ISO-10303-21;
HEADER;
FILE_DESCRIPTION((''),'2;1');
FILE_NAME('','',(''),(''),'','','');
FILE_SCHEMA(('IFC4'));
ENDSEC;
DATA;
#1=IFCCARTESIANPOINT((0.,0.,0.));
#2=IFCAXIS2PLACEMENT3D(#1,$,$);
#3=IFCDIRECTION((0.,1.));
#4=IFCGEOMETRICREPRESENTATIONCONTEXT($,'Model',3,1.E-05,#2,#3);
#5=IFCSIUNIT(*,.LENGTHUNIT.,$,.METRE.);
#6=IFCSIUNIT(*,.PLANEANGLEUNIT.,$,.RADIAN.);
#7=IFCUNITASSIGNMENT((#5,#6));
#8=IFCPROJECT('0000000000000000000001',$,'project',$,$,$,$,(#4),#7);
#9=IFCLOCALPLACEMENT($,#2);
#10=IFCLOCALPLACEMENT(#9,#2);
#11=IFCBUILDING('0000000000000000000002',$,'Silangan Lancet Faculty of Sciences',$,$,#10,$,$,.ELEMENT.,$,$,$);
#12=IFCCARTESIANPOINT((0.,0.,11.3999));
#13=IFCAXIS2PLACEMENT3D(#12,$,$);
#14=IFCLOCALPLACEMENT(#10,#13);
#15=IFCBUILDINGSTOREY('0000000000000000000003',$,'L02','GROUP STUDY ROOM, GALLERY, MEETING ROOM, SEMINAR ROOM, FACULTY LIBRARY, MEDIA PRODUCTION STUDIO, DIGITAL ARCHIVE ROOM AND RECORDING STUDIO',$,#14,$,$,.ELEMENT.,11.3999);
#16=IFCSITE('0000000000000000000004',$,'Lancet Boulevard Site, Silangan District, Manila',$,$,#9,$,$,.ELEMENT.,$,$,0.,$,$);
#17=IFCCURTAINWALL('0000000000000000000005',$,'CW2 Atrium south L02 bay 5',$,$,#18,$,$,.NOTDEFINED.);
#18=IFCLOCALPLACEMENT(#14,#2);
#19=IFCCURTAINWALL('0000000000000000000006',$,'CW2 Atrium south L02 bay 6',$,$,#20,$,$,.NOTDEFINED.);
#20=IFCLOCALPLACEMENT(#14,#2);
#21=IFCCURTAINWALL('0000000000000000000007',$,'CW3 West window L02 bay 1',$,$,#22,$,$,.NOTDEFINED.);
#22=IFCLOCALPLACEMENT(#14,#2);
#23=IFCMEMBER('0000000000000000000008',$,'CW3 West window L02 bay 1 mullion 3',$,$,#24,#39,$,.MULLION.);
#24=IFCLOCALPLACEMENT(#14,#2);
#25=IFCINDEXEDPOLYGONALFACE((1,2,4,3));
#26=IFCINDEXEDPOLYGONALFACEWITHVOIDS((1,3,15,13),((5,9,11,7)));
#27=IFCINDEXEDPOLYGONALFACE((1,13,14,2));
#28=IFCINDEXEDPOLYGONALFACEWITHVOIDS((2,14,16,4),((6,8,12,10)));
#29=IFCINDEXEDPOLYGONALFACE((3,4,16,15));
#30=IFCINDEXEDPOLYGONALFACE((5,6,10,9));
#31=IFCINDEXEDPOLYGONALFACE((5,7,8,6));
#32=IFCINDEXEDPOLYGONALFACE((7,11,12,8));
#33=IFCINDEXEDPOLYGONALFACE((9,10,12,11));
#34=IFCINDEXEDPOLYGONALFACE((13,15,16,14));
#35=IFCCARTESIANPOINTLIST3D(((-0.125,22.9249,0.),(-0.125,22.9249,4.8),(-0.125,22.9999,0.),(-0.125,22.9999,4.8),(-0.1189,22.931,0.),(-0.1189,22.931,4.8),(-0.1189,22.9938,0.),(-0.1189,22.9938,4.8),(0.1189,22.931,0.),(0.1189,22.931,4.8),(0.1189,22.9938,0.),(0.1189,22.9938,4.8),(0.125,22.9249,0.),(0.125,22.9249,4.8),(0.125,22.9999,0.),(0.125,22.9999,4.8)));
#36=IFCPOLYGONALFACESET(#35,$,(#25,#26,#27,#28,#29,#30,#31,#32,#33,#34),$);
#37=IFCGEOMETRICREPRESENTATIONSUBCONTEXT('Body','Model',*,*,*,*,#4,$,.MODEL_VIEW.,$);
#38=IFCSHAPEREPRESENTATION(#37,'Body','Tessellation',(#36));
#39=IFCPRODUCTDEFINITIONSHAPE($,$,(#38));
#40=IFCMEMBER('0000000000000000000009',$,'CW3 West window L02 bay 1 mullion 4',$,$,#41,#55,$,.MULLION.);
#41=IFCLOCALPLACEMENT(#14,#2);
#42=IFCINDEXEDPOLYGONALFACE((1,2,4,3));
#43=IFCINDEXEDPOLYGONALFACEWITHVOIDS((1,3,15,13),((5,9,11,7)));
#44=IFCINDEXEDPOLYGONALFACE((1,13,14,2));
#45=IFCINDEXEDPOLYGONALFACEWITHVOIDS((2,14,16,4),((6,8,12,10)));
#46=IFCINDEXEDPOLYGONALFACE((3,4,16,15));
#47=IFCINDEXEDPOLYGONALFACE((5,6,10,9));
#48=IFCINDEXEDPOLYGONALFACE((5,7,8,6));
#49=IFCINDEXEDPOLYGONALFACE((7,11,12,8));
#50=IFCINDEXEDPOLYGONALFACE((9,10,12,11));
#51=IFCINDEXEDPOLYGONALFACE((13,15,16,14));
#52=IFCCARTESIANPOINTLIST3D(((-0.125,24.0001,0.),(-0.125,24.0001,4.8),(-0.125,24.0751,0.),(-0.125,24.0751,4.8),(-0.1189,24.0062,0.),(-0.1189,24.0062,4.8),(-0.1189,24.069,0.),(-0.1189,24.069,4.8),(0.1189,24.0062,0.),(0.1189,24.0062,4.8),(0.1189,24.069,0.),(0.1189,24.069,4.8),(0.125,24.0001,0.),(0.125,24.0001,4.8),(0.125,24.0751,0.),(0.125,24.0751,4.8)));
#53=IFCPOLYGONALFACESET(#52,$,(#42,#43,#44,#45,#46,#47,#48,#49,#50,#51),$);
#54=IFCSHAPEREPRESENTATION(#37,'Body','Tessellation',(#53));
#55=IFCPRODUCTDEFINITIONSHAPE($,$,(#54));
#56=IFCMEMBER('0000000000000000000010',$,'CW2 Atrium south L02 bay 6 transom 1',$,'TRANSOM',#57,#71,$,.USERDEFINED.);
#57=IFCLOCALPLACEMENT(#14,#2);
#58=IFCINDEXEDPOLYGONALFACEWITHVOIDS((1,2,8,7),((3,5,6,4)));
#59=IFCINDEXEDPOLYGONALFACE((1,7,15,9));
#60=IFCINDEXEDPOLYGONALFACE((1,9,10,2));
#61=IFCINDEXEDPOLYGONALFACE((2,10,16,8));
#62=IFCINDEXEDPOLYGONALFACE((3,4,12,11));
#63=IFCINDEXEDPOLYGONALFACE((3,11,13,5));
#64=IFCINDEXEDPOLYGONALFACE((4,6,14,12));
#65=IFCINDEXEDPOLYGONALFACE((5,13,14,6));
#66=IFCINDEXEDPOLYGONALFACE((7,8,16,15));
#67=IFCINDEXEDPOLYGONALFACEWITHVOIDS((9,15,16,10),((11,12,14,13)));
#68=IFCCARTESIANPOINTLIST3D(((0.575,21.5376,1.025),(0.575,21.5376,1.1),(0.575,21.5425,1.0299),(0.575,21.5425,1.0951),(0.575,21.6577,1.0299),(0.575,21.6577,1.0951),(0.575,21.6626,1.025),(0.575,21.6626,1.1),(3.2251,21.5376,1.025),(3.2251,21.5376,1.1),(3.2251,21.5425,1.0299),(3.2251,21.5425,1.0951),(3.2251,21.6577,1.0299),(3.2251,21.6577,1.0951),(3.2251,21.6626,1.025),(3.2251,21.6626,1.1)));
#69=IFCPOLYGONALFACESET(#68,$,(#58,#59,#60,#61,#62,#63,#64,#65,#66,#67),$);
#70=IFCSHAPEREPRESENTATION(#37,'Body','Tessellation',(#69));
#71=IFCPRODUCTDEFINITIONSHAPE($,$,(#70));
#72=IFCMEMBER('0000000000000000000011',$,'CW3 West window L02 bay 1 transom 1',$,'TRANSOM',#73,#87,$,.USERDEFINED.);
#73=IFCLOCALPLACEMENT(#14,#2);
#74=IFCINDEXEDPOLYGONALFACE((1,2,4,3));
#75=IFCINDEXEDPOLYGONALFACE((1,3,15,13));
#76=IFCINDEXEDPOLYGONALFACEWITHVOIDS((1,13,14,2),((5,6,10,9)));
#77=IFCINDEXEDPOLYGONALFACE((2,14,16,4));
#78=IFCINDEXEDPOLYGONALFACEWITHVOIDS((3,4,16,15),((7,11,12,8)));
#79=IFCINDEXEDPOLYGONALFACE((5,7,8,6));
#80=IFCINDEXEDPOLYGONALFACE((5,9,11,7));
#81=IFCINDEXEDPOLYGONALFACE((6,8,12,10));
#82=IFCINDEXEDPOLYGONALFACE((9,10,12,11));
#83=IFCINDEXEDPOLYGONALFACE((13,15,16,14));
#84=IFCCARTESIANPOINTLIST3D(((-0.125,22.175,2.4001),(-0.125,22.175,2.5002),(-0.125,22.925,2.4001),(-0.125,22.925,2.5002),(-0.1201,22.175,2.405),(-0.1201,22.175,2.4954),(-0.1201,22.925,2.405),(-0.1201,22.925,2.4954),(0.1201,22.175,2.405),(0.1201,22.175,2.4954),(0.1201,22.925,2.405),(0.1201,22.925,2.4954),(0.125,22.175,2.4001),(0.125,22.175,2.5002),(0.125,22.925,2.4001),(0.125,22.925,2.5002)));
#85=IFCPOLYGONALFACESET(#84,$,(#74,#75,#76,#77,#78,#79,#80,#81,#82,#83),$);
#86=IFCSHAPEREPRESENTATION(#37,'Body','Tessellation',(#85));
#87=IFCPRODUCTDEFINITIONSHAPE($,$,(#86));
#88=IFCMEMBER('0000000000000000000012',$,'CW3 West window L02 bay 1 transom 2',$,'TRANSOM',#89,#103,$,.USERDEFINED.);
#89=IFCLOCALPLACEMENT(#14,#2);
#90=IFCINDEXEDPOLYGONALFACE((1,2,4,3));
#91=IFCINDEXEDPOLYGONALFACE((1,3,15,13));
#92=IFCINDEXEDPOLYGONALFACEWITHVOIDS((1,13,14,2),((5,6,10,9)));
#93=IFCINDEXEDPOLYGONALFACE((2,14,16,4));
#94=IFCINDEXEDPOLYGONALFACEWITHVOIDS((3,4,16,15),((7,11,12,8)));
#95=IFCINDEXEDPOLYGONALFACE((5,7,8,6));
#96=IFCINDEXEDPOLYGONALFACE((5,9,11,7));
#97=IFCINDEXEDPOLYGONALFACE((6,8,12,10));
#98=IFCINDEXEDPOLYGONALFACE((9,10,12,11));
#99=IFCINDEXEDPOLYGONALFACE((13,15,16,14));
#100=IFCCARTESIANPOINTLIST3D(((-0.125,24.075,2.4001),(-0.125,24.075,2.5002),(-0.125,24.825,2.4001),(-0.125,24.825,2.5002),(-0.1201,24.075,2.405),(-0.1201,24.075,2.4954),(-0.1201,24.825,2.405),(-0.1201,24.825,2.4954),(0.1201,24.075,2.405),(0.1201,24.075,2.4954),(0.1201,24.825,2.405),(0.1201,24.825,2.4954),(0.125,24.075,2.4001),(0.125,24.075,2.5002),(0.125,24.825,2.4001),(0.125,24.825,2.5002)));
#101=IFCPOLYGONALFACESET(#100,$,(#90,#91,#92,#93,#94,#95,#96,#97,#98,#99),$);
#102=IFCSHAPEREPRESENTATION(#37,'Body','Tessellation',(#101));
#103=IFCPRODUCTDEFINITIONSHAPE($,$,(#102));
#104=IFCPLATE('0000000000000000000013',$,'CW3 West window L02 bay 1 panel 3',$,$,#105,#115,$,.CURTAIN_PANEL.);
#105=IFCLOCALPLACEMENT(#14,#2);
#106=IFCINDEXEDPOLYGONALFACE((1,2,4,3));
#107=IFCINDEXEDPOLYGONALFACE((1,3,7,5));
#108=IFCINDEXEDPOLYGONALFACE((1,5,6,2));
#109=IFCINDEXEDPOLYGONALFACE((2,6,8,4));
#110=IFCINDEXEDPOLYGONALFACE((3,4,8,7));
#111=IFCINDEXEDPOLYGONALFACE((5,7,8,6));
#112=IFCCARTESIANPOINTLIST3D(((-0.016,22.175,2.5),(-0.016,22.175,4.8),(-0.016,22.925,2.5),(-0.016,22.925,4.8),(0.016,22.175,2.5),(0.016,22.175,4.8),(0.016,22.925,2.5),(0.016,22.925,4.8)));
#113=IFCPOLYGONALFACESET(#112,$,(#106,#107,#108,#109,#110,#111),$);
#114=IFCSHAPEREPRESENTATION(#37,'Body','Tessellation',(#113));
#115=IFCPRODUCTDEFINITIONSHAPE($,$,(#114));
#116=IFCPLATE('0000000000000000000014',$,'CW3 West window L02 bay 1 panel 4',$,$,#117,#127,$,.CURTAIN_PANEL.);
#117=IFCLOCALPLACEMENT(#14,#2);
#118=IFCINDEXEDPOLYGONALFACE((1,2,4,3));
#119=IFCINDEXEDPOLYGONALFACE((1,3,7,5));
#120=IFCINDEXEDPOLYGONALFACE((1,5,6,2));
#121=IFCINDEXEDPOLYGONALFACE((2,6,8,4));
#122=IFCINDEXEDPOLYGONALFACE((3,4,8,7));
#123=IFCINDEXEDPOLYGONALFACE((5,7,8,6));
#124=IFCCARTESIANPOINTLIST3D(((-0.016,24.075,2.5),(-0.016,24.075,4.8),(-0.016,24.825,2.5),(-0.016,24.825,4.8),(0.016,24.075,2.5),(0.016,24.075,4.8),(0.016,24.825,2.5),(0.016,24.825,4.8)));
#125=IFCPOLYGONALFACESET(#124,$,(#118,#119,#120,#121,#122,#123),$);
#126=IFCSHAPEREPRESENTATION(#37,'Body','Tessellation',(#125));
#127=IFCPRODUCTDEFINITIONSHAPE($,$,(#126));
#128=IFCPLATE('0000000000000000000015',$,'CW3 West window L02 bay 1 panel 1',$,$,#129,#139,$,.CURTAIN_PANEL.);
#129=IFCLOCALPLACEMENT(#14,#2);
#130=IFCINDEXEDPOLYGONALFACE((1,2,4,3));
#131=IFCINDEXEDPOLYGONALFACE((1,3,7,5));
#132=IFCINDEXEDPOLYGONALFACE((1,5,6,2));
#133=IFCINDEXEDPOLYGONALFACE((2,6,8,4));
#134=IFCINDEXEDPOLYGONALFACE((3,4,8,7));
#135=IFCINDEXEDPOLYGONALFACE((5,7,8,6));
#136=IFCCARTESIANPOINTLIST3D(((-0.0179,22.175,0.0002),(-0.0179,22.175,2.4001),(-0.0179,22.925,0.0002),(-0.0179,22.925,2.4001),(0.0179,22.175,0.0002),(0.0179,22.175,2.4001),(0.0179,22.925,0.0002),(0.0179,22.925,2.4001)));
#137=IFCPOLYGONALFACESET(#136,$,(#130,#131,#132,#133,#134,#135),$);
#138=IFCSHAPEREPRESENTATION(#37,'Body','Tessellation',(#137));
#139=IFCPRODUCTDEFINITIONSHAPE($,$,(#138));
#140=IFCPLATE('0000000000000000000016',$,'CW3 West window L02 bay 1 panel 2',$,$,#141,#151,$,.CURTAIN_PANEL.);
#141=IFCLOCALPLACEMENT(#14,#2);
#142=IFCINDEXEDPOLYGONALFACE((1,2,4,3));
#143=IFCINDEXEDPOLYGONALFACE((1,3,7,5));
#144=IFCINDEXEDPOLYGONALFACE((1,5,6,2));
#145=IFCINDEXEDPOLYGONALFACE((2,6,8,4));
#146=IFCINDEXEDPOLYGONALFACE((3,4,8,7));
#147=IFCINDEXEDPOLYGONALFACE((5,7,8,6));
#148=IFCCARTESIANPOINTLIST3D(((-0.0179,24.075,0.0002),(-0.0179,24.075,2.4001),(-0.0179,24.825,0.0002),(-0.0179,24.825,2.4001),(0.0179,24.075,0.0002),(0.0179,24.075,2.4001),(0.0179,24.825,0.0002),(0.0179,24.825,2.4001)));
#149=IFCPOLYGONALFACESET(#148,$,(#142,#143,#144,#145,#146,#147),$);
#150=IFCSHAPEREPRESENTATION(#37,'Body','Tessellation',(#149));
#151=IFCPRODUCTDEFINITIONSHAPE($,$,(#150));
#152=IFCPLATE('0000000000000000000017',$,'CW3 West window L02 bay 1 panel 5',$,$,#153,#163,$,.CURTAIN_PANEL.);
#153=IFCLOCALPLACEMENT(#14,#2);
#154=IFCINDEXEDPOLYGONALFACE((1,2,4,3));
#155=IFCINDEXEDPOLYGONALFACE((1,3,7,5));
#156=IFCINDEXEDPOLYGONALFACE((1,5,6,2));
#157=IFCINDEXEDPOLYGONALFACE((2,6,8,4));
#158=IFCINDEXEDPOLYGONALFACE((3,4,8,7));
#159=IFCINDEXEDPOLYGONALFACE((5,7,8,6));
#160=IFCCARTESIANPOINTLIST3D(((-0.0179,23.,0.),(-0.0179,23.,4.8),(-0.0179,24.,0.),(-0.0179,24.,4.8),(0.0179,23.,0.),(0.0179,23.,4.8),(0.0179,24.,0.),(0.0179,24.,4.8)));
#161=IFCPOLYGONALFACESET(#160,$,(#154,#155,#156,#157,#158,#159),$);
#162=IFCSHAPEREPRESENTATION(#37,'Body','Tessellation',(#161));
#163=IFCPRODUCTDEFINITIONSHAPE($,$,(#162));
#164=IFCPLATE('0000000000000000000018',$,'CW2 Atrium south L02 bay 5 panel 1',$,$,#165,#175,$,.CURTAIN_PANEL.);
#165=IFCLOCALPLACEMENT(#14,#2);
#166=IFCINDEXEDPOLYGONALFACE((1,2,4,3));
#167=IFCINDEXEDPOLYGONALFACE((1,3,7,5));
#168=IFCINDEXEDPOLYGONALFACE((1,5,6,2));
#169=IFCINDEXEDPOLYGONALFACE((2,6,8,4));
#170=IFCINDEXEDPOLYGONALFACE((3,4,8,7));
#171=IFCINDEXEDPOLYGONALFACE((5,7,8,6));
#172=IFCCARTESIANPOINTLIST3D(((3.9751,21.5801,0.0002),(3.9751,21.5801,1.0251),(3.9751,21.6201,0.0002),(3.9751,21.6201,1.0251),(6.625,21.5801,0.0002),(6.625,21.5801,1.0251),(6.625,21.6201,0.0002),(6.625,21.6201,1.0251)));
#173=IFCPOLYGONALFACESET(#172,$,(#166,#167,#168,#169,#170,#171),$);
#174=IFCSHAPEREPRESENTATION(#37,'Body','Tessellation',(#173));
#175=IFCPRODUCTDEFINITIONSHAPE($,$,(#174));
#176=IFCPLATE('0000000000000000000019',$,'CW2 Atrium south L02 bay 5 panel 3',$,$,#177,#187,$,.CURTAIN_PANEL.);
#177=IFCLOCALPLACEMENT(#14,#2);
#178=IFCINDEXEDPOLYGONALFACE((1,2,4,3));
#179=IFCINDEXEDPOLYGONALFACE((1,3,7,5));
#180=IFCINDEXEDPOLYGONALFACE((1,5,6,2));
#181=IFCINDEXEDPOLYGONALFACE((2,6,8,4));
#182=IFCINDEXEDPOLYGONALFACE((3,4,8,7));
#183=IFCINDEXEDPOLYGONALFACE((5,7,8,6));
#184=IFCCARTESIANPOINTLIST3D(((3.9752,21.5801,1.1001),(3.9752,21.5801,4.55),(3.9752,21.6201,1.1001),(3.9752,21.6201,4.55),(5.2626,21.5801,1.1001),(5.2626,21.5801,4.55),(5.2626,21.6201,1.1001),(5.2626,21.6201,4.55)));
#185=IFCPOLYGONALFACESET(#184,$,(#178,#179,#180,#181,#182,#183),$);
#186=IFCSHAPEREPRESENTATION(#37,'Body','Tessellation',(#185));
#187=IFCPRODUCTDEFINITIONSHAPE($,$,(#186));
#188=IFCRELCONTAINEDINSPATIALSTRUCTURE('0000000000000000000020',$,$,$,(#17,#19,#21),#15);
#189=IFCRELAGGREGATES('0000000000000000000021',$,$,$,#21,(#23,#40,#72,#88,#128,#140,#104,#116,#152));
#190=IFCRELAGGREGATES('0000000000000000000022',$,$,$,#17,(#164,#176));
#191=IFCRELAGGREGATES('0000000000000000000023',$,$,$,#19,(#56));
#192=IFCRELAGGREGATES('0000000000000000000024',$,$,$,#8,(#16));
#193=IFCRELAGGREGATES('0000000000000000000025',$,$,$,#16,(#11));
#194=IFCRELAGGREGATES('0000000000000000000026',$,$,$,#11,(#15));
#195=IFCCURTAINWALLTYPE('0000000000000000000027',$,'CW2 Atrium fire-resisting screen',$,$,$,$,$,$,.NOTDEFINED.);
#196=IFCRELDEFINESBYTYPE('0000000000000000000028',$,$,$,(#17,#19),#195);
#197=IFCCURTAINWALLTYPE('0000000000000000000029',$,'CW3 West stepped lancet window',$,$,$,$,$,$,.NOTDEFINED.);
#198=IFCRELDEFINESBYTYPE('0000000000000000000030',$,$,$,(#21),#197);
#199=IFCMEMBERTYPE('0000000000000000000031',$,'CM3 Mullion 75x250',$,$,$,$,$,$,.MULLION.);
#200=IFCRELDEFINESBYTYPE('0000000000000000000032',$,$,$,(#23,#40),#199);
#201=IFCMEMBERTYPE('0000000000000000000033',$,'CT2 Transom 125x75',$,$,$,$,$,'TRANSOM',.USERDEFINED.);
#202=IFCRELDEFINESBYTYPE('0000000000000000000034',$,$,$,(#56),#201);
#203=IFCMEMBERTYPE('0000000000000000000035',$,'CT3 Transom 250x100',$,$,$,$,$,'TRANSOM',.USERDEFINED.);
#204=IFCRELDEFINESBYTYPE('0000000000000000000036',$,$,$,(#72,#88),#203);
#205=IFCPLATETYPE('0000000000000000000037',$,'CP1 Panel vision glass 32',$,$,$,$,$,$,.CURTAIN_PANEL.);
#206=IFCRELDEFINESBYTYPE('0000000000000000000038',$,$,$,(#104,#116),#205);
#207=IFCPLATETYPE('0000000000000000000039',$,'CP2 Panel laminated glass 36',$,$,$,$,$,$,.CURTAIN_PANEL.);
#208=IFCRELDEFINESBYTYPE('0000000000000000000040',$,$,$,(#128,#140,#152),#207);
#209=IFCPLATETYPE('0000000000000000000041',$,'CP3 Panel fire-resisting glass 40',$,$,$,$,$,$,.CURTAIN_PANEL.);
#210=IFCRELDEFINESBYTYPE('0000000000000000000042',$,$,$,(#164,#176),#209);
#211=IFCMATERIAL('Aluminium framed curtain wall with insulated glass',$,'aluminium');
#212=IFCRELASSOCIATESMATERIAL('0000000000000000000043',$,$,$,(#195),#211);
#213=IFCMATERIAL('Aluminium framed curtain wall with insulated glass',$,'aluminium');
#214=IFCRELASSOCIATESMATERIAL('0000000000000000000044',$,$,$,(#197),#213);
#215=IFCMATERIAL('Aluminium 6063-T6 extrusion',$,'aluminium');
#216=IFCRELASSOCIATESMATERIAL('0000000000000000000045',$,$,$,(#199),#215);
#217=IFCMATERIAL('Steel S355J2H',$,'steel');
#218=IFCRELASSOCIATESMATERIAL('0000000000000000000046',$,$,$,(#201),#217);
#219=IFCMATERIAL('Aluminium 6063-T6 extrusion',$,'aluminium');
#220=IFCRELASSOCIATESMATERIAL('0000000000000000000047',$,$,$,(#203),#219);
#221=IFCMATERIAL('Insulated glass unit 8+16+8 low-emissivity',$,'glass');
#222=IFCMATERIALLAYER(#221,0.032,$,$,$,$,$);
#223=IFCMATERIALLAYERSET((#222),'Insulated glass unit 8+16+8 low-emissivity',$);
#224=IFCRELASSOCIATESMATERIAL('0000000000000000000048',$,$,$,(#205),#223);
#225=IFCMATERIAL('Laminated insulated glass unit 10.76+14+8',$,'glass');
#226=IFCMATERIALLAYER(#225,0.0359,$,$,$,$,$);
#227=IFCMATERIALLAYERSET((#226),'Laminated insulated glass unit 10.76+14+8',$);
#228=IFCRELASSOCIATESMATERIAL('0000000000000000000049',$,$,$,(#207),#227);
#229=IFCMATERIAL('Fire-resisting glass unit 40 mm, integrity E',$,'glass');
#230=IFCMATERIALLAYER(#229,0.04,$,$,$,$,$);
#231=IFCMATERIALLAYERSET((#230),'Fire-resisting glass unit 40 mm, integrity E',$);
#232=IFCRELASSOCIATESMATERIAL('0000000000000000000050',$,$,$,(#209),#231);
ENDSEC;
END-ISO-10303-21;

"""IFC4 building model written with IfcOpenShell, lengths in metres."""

from ifc_helpers import new_model, si_unit, direction, frame, origin, origin_2d, place, context, subcontext, project, spatial, rectangle, hollow_rectangle, extrude, material, layer, layer_set, material_profile, profile_set, type_object, element, aggregate, save


model = new_model("IFC4")

# Units and contexts
model_context = context("Model", 3, precision=1e-05, world=origin(), true_north=direction((0.0, 1.0)))
body_context = subcontext(model_context, "Body", "Model", "MODEL_VIEW")
ifc_project = project(units=[si_unit("LENGTHUNIT", "METRE"), si_unit("PLANEANGLEUNIT", "RADIAN")], contexts=[model_context])

# Site, building, storey
site_placement = place(None, origin())
site = spatial("IfcSite", under=ifc_project, at=site_placement, Name="Lancet Boulevard Site, Silangan District, Manila", CompositionType="ELEMENT", RefElevation=0.0)
building_placement = place(site_placement, origin())
building = spatial("IfcBuilding", under=site, at=building_placement, Name="Silangan Lancet Faculty of Sciences", CompositionType="ELEMENT")
storey_placement = place(building_placement, frame((0.0, 0.0, 11.3999)))
storey = spatial("IfcBuildingStorey", under=building, at=storey_placement, Name="L02", Description="GROUP STUDY ROOM, GALLERY, MEETING ROOM, SEMINAR ROOM, FACULTY LIBRARY, MEDIA PRODUCTION STUDIO, DIGITAL ARCHIVE ROOM AND RECORDING STUDIO", CompositionType="ELEMENT", Elevation=11.3999)

# Curtain walls, members
ifc_material_1 = material(Name="Aluminium framed curtain wall with insulated glass", Category="aluminium")
curtain_wall_type_1 = type_object("IfcCurtainWallType", Name="CW2 Atrium fire-resisting screen", PredefinedType="NOTDEFINED", material=ifc_material_1)
curtain_wall_1_placement = place(storey_placement, origin())
curtain_wall_1 = element("IfcCurtainWall", 1, at=curtain_wall_1_placement, inside=storey, type_object=curtain_wall_type_1, Name="CW2 Atrium south L02 bay 5", PredefinedType="NOTDEFINED")
curtain_wall_2_placement = place(storey_placement, origin())
curtain_wall_2 = element("IfcCurtainWall", 2, at=curtain_wall_2_placement, inside=storey, type_object=curtain_wall_type_1, Name="CW2 Atrium south L02 bay 6", PredefinedType="NOTDEFINED")
ifc_material_2 = material(Name="Aluminium framed curtain wall with insulated glass", Category="aluminium")
curtain_wall_type_2 = type_object("IfcCurtainWallType", Name="CW3 West stepped lancet window", PredefinedType="NOTDEFINED", material=ifc_material_2)
curtain_wall_3_placement = place(storey_placement, origin())
curtain_wall_3 = element("IfcCurtainWall", 3, at=curtain_wall_3_placement, inside=storey, type_object=curtain_wall_type_2, Name="CW3 West window L02 bay 1", PredefinedType="NOTDEFINED")
ifc_material_3 = material(Name="Aluminium 6063-T6 extrusion", Category="aluminium")
ifc_material_profile_1 = material_profile(ifc_material_3, hollow_rectangle(XDim=0.075, YDim=0.25, WallThickness=0.0061, at=origin_2d()), Name="AL BOX 75x250x6")
ifc_profile_set_1 = profile_set([ifc_material_profile_1], Name="Aluminium 6063-T6 extrusion")
member_type_1 = type_object("IfcMemberType", Name="CM3 Mullion 75x250", PredefinedType="MULLION", material=ifc_profile_set_1)
member_1_placement = place(storey_placement, frame((0.0, 22.9624, 0.0), z_axis=(0.0, 0.0, 1.0), x_axis=(0.0, 1.0, 0.0)))
member_1 = element("IfcMember", 4, at=member_1_placement, type_object=member_type_1, Name="CW3 West window L02 bay 1 mullion 3", PredefinedType="MULLION", context=body_context, shape_type="SweptSolid", body=[
    extrude(hollow_rectangle(XDim=0.075, YDim=0.25, WallThickness=0.0061, at=origin_2d()), origin(), (0.0, 0.0, 1.0), 4.8),
])
member_2_placement = place(storey_placement, frame((0.0, 24.0376, 0.0), z_axis=(0.0, 0.0, 1.0), x_axis=(0.0, 1.0, 0.0)))
member_2 = element("IfcMember", 5, at=member_2_placement, type_object=member_type_1, Name="CW3 West window L02 bay 1 mullion 4", PredefinedType="MULLION", context=body_context, shape_type="SweptSolid", body=[
    extrude(hollow_rectangle(XDim=0.075, YDim=0.25, WallThickness=0.0061, at=origin_2d()), origin(), (0.0, 0.0, 1.0), 4.8),
])

# Members
ifc_material_4 = material(Name="Steel S355J2H", Category="steel")
ifc_material_profile_2 = material_profile(ifc_material_4, hollow_rectangle(XDim=0.125, YDim=0.075, WallThickness=0.0049, at=origin_2d()), Name="ST BOX 125x75x5")
ifc_profile_set_2 = profile_set([ifc_material_profile_2], Name="Steel S355J2H")
member_type_2 = type_object("IfcMemberType", Name="CT2 Transom 125x75", ElementType="TRANSOM", PredefinedType="USERDEFINED", material=ifc_profile_set_2)
member_3_placement = place(storey_placement, frame((3.2251, 21.6001, 1.0625), z_axis=(-1.0, 0.0, 0.0), x_axis=(0.0, -1.0, 0.0)))
member_3 = element("IfcMember", 6, at=member_3_placement, type_object=member_type_2, Name="CW2 Atrium south L02 bay 6 transom 1", ObjectType="TRANSOM", PredefinedType="USERDEFINED", context=body_context, shape_type="SweptSolid", body=[
    extrude(hollow_rectangle(XDim=0.125, YDim=0.075, WallThickness=0.0049, at=origin_2d()), origin(), (0.0, 0.0, 1.0), 2.6501),
])
ifc_material_5 = material(Name="Aluminium 6063-T6 extrusion", Category="aluminium")
ifc_material_profile_3 = material_profile(ifc_material_5, hollow_rectangle(XDim=0.25, YDim=0.1001, WallThickness=0.0049, at=origin_2d()), Name="AL BOX 250x100x5")
ifc_profile_set_3 = profile_set([ifc_material_profile_3], Name="Aluminium 6063-T6 extrusion")
member_type_3 = type_object("IfcMemberType", Name="CT3 Transom 250x100", ElementType="TRANSOM", PredefinedType="USERDEFINED", material=ifc_profile_set_3)
member_4_placement = place(storey_placement, frame((0.0, 22.175, 2.4502), z_axis=(0.0, 1.0, 0.0), x_axis=(-1.0, 0.0, 0.0)))
member_4 = element("IfcMember", 7, at=member_4_placement, type_object=member_type_3, Name="CW3 West window L02 bay 1 transom 1", ObjectType="TRANSOM", PredefinedType="USERDEFINED", context=body_context, shape_type="SweptSolid", body=[
    extrude(hollow_rectangle(XDim=0.25, YDim=0.1001, WallThickness=0.0049, at=origin_2d()), origin(), (0.0, 0.0, 1.0), 0.75),
])
member_5_placement = place(storey_placement, frame((0.0, 24.075, 2.4502), z_axis=(0.0, 1.0, 0.0), x_axis=(-1.0, 0.0, 0.0)))
member_5 = element("IfcMember", 8, at=member_5_placement, type_object=member_type_3, Name="CW3 West window L02 bay 1 transom 2", ObjectType="TRANSOM", PredefinedType="USERDEFINED", context=body_context, shape_type="SweptSolid", body=[
    extrude(hollow_rectangle(XDim=0.25, YDim=0.1001, WallThickness=0.0049, at=origin_2d()), origin(), (0.0, 0.0, 1.0), 0.75),
])

# Plates
ifc_material_6 = material(Name="Insulated glass unit 8+16+8 low-emissivity", Category="glass")
ifc_layer_1 = layer(ifc_material_6, 0.032)
ifc_layer_set_1 = layer_set([ifc_layer_1], Name="Insulated glass unit 8+16+8 low-emissivity")
plate_type_1 = type_object("IfcPlateType", Name="CP1 Panel vision glass 32", PredefinedType="CURTAIN_PANEL", material=ifc_layer_set_1)
plate_1_placement = place(storey_placement, frame((0.0, 22.55, 2.5), z_axis=(0.0, 0.0, 1.0), x_axis=(0.0, 1.0, 0.0)))
plate_1 = element("IfcPlate", 9, at=plate_1_placement, type_object=plate_type_1, Name="CW3 West window L02 bay 1 panel 3", PredefinedType="CURTAIN_PANEL", context=body_context, shape_type="SweptSolid", body=[
    extrude(rectangle(XDim=0.75, YDim=0.032, at=origin_2d()), origin(), (0.0, 0.0, 1.0), 2.3),
])
plate_2_placement = place(storey_placement, frame((0.0, 24.45, 2.5), z_axis=(0.0, 0.0, 1.0), x_axis=(0.0, 1.0, 0.0)))
plate_2 = element("IfcPlate", 10, at=plate_2_placement, type_object=plate_type_1, Name="CW3 West window L02 bay 1 panel 4", PredefinedType="CURTAIN_PANEL", context=body_context, shape_type="SweptSolid", body=[
    extrude(rectangle(XDim=0.75, YDim=0.032, at=origin_2d()), origin(), (0.0, 0.0, 1.0), 2.3),
])
ifc_material_7 = material(Name="Laminated insulated glass unit 10.76+14+8", Category="glass")
ifc_layer_2 = layer(ifc_material_7, 0.0359)
ifc_layer_set_2 = layer_set([ifc_layer_2], Name="Laminated insulated glass unit 10.76+14+8")
plate_type_2 = type_object("IfcPlateType", Name="CP2 Panel laminated glass 36", PredefinedType="CURTAIN_PANEL", material=ifc_layer_set_2)
plate_3_placement = place(storey_placement, frame((0.0, 22.55, 0.0002), z_axis=(0.0, 0.0, 1.0), x_axis=(0.0, 1.0, 0.0)))
plate_3 = element("IfcPlate", 11, at=plate_3_placement, type_object=plate_type_2, Name="CW3 West window L02 bay 1 panel 1", PredefinedType="CURTAIN_PANEL", context=body_context, shape_type="SweptSolid", body=[
    extrude(rectangle(XDim=0.75, YDim=0.0359, at=origin_2d()), origin(), (0.0, 0.0, 1.0), 2.3999),
])
plate_4_placement = place(storey_placement, frame((0.0, 24.45, 0.0002), z_axis=(0.0, 0.0, 1.0), x_axis=(0.0, 1.0, 0.0)))
plate_4 = element("IfcPlate", 12, at=plate_4_placement, type_object=plate_type_2, Name="CW3 West window L02 bay 1 panel 2", PredefinedType="CURTAIN_PANEL", context=body_context, shape_type="SweptSolid", body=[
    extrude(rectangle(XDim=0.75, YDim=0.0359, at=origin_2d()), origin(), (0.0, 0.0, 1.0), 2.3999),
])
plate_5_placement = place(storey_placement, frame((0.0, 23.5, 0.0), z_axis=(0.0, 0.0, 1.0), x_axis=(0.0, 1.0, 0.0)))
plate_5 = element("IfcPlate", 13, at=plate_5_placement, type_object=plate_type_2, Name="CW3 West window L02 bay 1 panel 5", PredefinedType="CURTAIN_PANEL", context=body_context, shape_type="SweptSolid", body=[
    extrude(rectangle(XDim=1.0, YDim=0.0359, at=origin_2d()), origin(), (0.0, 0.0, 1.0), 4.8),
])
aggregate(curtain_wall_3, [member_1, member_2, member_4, member_5, plate_3, plate_4, plate_1, plate_2, plate_5])
ifc_material_8 = material(Name="Fire-resisting glass unit 40 mm, integrity E", Category="glass")
ifc_layer_3 = layer(ifc_material_8, 0.04)
ifc_layer_set_3 = layer_set([ifc_layer_3], Name="Fire-resisting glass unit 40 mm, integrity E")
plate_type_3 = type_object("IfcPlateType", Name="CP3 Panel fire-resisting glass 40", PredefinedType="CURTAIN_PANEL", material=ifc_layer_set_3)
plate_6_placement = place(storey_placement, frame((5.3, 21.6001, 0.0002), z_axis=(0.0, 0.0, 1.0), x_axis=(-1.0, 0.0, 0.0)))
plate_6 = element("IfcPlate", 14, at=plate_6_placement, type_object=plate_type_3, Name="CW2 Atrium south L02 bay 5 panel 1", PredefinedType="CURTAIN_PANEL", context=body_context, shape_type="SweptSolid", body=[
    extrude(rectangle(XDim=2.6499, YDim=0.04, at=origin_2d()), origin(), (0.0, 0.0, 1.0), 1.0249),
])
plate_7_placement = place(storey_placement, frame((4.6189, 21.6001, 1.1001), z_axis=(0.0, 0.0, 1.0), x_axis=(-1.0, 0.0, 0.0)))
plate_7 = element("IfcPlate", 15, at=plate_7_placement, type_object=plate_type_3, Name="CW2 Atrium south L02 bay 5 panel 3", PredefinedType="CURTAIN_PANEL", context=body_context, shape_type="SweptSolid", body=[
    extrude(rectangle(XDim=1.2874, YDim=0.04, at=origin_2d()), origin(), (0.0, 0.0, 1.0), 3.45),
])
aggregate(curtain_wall_1, [plate_6, plate_7])
aggregate(curtain_wall_2, [member_3])

save(model, "model.ifc")
